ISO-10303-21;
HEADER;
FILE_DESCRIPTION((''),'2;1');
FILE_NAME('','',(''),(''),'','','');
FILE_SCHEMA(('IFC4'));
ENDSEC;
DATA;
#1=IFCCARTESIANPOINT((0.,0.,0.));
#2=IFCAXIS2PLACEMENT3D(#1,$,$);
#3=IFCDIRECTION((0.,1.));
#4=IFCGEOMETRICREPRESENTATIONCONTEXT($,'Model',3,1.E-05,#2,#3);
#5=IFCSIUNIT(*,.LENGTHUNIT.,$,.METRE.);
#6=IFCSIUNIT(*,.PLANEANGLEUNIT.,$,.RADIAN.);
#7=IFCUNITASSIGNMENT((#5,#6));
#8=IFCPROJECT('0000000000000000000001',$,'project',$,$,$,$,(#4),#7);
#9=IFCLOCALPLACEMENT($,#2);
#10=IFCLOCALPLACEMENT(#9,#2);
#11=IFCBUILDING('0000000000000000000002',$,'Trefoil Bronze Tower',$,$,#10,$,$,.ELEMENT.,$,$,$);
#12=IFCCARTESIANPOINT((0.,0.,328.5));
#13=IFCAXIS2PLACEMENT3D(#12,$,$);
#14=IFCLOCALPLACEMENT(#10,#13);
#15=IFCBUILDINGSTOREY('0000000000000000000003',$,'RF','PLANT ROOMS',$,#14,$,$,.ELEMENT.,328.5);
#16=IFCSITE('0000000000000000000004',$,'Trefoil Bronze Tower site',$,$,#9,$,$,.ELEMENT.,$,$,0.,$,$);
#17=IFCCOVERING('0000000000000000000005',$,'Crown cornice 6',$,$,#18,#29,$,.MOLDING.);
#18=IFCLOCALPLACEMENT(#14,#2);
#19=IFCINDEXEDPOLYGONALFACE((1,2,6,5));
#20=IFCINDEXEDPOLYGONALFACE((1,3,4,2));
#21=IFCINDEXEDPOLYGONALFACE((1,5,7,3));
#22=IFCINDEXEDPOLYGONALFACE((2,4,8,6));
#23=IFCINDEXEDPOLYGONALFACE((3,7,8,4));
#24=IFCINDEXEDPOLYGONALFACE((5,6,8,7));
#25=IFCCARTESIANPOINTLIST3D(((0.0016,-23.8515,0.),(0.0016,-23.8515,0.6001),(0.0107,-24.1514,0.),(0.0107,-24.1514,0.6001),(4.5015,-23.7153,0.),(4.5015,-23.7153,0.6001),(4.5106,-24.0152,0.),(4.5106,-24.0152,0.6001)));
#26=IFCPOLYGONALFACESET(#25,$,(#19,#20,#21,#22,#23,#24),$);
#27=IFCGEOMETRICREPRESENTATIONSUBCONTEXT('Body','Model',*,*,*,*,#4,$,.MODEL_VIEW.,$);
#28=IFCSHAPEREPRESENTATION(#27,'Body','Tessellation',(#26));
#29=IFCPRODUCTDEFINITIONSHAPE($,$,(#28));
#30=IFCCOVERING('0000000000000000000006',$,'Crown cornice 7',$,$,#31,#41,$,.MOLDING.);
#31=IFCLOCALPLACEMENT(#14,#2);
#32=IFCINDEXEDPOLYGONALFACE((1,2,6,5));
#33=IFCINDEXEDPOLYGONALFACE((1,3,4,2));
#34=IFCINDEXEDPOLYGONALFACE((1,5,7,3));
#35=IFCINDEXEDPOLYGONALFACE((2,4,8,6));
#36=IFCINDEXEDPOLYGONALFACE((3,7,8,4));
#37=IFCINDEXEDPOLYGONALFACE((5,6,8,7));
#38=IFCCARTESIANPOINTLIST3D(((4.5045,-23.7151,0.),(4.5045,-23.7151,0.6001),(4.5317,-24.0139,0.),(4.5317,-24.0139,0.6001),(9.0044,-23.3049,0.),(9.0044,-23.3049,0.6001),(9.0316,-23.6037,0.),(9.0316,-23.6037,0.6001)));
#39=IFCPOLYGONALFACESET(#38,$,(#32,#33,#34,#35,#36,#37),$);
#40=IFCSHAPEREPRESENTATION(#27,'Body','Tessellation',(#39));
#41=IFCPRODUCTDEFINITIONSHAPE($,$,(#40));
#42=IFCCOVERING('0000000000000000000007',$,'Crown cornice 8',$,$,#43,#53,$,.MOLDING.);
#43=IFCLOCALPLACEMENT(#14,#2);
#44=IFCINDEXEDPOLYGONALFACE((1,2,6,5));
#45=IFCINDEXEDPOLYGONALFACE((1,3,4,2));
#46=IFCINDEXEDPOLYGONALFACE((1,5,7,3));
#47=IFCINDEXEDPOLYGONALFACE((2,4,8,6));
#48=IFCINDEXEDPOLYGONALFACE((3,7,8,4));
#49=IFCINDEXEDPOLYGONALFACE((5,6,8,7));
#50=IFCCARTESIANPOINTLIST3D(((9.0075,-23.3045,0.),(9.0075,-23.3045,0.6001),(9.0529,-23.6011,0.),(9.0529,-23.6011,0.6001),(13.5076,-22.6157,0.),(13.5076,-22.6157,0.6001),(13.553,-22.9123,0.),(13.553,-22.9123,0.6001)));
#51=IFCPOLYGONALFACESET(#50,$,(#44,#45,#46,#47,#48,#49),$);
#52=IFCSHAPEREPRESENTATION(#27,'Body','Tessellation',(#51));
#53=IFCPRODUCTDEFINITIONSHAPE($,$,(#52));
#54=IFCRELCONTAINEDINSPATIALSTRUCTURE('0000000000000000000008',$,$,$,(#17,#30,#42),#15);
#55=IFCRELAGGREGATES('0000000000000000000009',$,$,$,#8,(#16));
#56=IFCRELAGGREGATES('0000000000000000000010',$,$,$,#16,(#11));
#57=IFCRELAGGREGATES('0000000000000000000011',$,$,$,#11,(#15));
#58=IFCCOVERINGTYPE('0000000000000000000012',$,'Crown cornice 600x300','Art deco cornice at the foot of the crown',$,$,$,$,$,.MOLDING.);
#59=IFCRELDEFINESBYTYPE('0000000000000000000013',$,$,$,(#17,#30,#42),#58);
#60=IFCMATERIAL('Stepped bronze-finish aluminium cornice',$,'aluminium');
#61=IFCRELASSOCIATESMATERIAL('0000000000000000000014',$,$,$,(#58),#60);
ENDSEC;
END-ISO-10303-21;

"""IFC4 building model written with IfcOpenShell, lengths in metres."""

from ifc_helpers import new_model, si_unit, direction, frame, origin, origin_2d, place, context, subcontext, project, spatial, rectangle, extrude, material, type_object, element, save


model = new_model("IFC4")

# Units and contexts
model_context = context("Model", 3, precision=1e-05, world=origin(), true_north=direction((0.0, 1.0)))
body_context = subcontext(model_context, "Body", "Model", "MODEL_VIEW")
ifc_project = project(units=[si_unit("LENGTHUNIT", "METRE"), si_unit("PLANEANGLEUNIT", "RADIAN")], contexts=[model_context])

# Site, building, storey
site_placement = place(None, origin())
site = spatial("IfcSite", under=ifc_project, at=site_placement, Name="Trefoil Bronze Tower site", CompositionType="ELEMENT", RefElevation=0.0)
building_placement = place(site_placement, origin())
building = spatial("IfcBuilding", under=site, at=building_placement, Name="Trefoil Bronze Tower", CompositionType="ELEMENT")
storey_placement = place(building_placement, frame((0.0, 0.0, 328.5)))
storey = spatial("IfcBuildingStorey", under=building, at=storey_placement, Name="RF", Description="PLANT ROOMS", CompositionType="ELEMENT", Elevation=328.5)

# Coverings
ifc_material_1 = material(Name="Stepped bronze-finish aluminium cornice", Category="aluminium")
covering_type = type_object("IfcCoveringType", Name="Crown cornice 600x300", Description="Art deco cornice at the foot of the crown", PredefinedType="MOLDING", material=ifc_material_1)
covering_1_placement = place(storey_placement, frame((2.2561, -23.9333, 0.0), z_axis=(0.0, 0.0, 1.0), x_axis=(0.999542, 0.030263, 0.0)))
element("IfcCovering", 1, at=covering_1_placement, inside=storey, type_object=covering_type, Name="Crown cornice 6", PredefinedType="MOLDING", context=body_context, shape_type="SweptSolid", body=[
    extrude(rectangle(XDim=4.502, YDim=0.3, at=origin_2d()), origin(), (0.0, 0.0, 1.0), 0.6001),
])
covering_2_placement = place(storey_placement, frame((6.7681, -23.6594, 0.0), z_axis=(0.0, 0.0, 1.0), x_axis=(0.99587, 0.090789, 0.0)))
element("IfcCovering", 2, at=covering_2_placement, inside=storey, type_object=covering_type, Name="Crown cornice 7", PredefinedType="MOLDING", context=body_context, shape_type="SweptSolid", body=[
    extrude(rectangle(XDim=4.5186, YDim=0.3, at=origin_2d()), origin(), (0.0, 0.0, 1.0), 0.6001),
])
covering_3_placement = place(storey_placement, frame((11.2803, -23.1084, 0.0), z_axis=(0.0, 0.0, 1.0), x_axis=(0.988485, 0.151317, 0.0)))
element("IfcCovering", 3, at=covering_3_placement, inside=storey, type_object=covering_type, Name="Crown cornice 8", PredefinedType="MOLDING", context=body_context, shape_type="SweptSolid", body=[
    extrude(rectangle(XDim=4.5525, YDim=0.3, at=origin_2d()), origin(), (0.0, 0.0, 1.0), 0.6001),
])

save(model, "model.ifc")
